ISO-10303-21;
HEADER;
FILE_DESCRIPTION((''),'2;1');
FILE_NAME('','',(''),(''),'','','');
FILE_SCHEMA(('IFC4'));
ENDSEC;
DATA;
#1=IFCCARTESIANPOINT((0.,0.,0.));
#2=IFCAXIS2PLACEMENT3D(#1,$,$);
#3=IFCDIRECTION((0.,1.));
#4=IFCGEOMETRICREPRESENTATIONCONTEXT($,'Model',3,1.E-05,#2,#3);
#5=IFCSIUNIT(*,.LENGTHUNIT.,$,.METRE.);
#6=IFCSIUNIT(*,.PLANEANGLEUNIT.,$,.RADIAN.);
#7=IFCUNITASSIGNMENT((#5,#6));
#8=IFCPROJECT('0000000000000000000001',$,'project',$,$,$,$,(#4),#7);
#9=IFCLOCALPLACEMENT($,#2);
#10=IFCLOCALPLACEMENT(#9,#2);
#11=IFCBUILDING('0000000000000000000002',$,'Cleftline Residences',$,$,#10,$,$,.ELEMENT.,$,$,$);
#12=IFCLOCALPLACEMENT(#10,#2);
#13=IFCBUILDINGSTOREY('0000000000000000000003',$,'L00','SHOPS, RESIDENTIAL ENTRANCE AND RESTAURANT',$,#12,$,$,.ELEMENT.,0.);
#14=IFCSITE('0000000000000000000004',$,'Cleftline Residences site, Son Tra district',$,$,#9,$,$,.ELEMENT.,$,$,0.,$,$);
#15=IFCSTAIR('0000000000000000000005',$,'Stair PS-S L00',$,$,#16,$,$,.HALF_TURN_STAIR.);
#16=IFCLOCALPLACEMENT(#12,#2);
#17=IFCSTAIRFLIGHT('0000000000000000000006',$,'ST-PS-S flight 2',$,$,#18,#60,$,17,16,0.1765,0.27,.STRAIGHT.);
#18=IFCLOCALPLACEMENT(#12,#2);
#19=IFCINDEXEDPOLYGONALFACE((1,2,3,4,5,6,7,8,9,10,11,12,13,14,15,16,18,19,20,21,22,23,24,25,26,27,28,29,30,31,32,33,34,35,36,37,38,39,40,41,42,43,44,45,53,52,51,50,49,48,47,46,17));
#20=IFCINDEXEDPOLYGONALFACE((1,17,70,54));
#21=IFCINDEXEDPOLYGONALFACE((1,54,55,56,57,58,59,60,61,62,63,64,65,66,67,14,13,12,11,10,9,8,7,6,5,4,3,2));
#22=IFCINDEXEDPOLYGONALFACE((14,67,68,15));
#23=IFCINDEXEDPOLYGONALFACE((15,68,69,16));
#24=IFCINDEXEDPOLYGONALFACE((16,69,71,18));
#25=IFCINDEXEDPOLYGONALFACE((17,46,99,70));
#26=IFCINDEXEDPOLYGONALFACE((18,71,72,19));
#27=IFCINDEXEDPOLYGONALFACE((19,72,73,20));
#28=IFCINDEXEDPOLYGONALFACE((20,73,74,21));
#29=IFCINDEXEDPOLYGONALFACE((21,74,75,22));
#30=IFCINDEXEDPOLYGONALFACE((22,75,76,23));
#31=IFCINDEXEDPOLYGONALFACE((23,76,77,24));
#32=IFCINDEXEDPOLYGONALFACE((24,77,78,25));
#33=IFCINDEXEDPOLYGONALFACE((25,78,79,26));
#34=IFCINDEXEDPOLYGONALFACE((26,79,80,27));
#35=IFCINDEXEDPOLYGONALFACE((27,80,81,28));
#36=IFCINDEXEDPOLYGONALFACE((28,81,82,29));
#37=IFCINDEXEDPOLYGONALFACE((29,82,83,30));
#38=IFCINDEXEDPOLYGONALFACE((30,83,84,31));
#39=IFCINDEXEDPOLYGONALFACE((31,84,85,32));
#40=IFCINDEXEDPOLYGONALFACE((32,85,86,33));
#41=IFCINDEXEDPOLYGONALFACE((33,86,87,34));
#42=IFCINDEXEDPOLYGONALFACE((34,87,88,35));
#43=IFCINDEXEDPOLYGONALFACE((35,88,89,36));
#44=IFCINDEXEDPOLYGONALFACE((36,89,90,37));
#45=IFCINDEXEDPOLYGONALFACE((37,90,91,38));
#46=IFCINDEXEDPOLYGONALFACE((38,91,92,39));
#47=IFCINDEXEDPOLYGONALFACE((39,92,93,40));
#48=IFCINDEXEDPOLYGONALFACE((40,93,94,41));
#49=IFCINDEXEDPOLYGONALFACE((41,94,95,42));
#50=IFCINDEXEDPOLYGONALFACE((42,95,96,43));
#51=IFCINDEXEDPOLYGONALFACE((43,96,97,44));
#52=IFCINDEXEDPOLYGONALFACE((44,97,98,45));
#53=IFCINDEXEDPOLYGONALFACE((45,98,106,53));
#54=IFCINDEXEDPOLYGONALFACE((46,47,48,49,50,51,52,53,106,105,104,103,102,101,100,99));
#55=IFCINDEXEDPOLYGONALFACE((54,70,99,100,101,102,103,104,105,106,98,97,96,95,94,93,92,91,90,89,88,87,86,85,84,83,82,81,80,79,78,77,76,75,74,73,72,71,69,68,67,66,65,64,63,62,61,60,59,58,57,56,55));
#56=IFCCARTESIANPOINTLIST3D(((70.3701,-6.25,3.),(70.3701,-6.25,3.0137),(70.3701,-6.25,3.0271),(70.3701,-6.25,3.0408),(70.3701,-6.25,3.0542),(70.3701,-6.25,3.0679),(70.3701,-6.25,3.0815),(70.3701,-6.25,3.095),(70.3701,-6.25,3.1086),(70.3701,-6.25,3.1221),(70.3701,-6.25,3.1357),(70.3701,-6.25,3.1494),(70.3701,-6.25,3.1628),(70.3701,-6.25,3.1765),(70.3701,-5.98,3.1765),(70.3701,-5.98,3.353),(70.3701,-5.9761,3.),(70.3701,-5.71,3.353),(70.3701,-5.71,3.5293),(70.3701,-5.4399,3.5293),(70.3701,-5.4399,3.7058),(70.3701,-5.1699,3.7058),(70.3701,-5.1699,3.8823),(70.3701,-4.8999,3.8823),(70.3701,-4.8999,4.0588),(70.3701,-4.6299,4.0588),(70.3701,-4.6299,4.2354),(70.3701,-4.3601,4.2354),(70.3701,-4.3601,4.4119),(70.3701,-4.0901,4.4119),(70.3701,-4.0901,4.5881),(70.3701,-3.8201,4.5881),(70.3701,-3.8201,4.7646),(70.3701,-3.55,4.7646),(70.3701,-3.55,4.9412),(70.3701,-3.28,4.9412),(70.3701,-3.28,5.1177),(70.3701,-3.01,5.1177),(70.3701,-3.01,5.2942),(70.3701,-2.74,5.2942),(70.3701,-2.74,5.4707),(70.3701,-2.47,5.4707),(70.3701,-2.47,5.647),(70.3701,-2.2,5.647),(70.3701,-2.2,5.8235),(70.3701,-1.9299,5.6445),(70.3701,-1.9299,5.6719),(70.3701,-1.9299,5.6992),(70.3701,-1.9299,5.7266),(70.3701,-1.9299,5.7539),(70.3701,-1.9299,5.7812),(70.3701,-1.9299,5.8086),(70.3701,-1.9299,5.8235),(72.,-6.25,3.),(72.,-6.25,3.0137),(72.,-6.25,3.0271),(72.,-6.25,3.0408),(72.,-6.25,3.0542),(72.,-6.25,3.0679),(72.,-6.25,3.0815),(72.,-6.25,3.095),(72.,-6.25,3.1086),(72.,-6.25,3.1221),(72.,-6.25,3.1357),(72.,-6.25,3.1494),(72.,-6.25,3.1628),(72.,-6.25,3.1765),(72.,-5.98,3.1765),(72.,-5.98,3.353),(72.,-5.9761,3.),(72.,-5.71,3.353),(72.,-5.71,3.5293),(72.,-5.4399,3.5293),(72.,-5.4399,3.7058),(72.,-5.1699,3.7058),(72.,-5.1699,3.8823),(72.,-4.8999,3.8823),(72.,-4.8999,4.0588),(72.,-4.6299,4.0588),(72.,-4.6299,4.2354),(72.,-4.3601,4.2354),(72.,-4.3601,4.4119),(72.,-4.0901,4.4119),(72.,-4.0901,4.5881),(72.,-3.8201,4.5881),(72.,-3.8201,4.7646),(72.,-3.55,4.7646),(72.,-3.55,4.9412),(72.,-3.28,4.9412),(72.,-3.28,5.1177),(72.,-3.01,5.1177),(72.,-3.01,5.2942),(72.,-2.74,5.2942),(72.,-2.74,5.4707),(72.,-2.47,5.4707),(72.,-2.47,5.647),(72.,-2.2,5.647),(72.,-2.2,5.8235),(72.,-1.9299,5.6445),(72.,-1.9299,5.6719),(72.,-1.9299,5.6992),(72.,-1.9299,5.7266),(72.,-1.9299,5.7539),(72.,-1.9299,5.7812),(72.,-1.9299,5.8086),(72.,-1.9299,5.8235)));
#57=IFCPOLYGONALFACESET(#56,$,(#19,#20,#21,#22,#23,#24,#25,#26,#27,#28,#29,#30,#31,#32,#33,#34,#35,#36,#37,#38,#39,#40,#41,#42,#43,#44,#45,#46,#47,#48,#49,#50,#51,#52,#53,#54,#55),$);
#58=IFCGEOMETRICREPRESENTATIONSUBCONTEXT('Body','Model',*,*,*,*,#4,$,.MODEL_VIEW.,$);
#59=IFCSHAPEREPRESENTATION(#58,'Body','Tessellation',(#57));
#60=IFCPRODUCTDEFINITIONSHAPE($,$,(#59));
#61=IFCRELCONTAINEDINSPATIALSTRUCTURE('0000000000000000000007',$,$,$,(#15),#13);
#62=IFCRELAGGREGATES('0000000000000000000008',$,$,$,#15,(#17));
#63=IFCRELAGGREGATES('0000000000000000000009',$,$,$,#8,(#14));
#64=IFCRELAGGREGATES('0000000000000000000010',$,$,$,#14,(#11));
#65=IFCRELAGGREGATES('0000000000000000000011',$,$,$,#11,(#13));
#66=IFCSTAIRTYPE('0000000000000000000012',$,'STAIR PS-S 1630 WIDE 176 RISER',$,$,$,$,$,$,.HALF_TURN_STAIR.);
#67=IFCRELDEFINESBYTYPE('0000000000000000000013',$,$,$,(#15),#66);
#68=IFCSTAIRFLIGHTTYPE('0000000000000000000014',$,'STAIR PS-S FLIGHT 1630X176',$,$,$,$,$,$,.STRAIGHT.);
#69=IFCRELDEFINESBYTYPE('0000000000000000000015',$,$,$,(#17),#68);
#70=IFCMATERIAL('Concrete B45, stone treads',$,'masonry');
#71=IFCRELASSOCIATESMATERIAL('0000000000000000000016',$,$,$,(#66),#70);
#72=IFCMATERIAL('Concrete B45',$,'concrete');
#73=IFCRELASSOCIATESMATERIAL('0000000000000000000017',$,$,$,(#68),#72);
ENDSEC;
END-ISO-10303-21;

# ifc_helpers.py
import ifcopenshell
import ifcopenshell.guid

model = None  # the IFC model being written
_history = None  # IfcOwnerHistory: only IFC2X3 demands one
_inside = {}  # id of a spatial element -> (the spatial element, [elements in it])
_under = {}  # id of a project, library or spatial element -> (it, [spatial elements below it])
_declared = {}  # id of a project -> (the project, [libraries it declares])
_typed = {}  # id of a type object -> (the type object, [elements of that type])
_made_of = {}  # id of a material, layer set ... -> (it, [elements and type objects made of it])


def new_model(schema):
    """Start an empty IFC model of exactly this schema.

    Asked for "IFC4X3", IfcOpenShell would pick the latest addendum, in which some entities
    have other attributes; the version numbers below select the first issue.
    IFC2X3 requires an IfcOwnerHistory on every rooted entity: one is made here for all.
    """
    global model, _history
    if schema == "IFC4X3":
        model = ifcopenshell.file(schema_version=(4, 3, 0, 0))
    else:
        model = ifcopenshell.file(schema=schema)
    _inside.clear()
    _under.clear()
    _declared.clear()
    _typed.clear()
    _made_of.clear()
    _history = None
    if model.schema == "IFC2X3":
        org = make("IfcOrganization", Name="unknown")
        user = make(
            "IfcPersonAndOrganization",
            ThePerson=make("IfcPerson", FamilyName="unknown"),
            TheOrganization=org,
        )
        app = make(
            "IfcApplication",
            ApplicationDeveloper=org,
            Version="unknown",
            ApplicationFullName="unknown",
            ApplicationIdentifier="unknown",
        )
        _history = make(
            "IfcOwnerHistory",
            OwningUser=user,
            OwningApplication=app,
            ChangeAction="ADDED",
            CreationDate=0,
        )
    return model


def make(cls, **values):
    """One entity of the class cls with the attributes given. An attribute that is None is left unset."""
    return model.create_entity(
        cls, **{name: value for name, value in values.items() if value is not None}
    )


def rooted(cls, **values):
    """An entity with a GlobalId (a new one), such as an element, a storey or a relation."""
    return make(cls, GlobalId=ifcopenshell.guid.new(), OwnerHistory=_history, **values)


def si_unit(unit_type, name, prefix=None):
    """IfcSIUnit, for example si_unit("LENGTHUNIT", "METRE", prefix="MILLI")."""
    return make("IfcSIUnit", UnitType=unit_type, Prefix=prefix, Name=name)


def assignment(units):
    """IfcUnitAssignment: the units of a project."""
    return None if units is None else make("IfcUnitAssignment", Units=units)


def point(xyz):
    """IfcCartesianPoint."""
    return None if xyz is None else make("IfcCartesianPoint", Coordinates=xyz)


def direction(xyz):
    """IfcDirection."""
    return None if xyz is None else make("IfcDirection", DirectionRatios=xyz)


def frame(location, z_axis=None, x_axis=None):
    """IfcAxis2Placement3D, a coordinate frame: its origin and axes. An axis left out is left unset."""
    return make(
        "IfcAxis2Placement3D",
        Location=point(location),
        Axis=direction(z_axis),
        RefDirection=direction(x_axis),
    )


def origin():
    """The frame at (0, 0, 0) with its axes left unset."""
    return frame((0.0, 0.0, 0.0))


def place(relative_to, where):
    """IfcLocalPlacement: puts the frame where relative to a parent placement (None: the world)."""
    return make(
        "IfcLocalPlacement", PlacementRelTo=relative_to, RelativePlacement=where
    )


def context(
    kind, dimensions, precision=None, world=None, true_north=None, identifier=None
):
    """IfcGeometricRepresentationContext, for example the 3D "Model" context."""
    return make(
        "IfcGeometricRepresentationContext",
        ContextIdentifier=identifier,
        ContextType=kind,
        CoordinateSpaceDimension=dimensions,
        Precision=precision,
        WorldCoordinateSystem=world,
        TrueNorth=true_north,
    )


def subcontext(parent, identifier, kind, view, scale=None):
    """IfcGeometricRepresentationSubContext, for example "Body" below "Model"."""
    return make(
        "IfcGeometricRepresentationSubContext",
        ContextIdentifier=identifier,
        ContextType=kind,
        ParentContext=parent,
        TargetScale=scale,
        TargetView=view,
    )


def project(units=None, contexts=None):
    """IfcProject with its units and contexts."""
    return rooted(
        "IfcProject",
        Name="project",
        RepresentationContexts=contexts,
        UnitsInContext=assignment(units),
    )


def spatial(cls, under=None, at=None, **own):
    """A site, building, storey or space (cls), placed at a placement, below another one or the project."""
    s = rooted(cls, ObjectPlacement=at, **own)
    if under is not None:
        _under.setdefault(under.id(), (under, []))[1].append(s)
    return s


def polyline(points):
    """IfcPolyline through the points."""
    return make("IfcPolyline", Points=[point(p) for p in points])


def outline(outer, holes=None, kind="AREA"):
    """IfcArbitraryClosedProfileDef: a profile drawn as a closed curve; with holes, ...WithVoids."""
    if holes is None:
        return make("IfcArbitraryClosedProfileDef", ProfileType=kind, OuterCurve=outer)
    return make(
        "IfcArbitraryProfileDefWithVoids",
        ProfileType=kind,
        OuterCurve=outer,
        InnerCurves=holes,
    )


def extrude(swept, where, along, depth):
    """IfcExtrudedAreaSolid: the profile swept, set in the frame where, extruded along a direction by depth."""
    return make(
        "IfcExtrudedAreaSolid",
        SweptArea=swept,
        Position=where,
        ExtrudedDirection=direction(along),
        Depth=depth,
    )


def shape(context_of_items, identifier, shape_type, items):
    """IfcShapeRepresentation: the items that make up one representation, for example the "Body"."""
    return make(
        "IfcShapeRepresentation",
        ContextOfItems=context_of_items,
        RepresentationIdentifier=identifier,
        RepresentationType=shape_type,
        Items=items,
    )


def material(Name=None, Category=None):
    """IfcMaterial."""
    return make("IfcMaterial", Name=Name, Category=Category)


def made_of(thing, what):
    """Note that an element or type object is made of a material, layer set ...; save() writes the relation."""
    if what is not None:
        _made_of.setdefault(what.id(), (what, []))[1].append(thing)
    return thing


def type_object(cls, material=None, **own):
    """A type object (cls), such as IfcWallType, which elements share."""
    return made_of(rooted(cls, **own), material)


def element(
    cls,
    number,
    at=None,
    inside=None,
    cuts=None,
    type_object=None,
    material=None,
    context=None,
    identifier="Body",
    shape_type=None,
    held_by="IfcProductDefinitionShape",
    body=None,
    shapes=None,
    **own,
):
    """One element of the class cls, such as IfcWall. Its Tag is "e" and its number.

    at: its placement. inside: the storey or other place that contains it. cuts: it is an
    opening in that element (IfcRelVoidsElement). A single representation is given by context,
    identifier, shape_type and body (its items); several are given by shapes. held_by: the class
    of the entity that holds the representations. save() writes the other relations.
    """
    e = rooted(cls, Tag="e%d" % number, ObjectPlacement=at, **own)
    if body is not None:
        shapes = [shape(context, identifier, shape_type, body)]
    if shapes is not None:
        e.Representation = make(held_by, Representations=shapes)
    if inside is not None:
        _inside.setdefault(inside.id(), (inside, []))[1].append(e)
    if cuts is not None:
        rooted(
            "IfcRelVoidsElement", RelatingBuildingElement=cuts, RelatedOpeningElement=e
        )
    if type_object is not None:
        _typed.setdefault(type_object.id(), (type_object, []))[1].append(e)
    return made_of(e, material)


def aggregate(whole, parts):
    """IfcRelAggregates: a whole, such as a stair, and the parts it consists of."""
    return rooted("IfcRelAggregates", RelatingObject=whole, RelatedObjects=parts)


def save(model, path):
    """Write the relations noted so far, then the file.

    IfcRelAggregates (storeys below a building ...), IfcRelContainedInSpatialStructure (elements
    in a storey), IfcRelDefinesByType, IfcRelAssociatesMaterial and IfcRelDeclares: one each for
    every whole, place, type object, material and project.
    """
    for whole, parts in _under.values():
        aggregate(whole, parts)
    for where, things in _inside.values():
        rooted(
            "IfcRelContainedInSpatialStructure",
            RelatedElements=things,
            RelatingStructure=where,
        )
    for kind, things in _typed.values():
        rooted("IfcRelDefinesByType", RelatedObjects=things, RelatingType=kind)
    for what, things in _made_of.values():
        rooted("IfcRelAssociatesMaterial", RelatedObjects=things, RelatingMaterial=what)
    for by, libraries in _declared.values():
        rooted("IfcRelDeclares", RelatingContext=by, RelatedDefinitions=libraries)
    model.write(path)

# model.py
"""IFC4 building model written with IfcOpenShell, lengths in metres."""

from ifc_helpers import new_model, si_unit, direction, frame, origin, place, context, subcontext, project, spatial, polyline, outline, extrude, material, type_object, element, aggregate, save


model = new_model("IFC4")

# Units and contexts
model_context = context("Model", 3, precision=1e-05, world=origin(), true_north=direction((0.0, 1.0)))
body_context = subcontext(model_context, "Body", "Model", "MODEL_VIEW")
ifc_project = project(units=[si_unit("LENGTHUNIT", "METRE"), si_unit("PLANEANGLEUNIT", "RADIAN")], contexts=[model_context])

# Site, building, storey
site_placement = place(None, origin())
site = spatial("IfcSite", under=ifc_project, at=site_placement, Name="Cleftline Residences site, Son Tra district", CompositionType="ELEMENT", RefElevation=0.0)
building_placement = place(site_placement, origin())
building = spatial("IfcBuilding", under=site, at=building_placement, Name="Cleftline Residences", CompositionType="ELEMENT")
storey_placement = place(building_placement, origin())
storey = spatial("IfcBuildingStorey", under=building, at=storey_placement, Name="L00", Description="SHOPS, RESIDENTIAL ENTRANCE AND RESTAURANT", CompositionType="ELEMENT", Elevation=0.0)

# Stair, stair flight
ifc_material_1 = material(Name="Concrete B45, stone treads", Category="masonry")
stair_type = type_object("IfcStairType", Name="STAIR PS-S 1630 WIDE 176 RISER", PredefinedType="HALF_TURN_STAIR", material=ifc_material_1)
stair_placement = place(storey_placement, origin())
stair = element("IfcStair", 1, at=stair_placement, inside=storey, type_object=stair_type, Name="Stair PS-S L00", PredefinedType="HALF_TURN_STAIR")
ifc_material_2 = material(Name="Concrete B45", Category="concrete")
stair_flight_type = type_object("IfcStairFlightType", Name="STAIR PS-S FLIGHT 1630X176", PredefinedType="STRAIGHT", material=ifc_material_2)
stair_flight_1_placement = place(storey_placement, frame((71.1851, -6.25, 3.0), z_axis=(0.0, 0.0, 1.0), x_axis=(0.0, 1.0, 0.0)))
stair_flight_1 = element("IfcStairFlight", 2, at=stair_flight_1_placement, type_object=stair_flight_type, Name="ST-PS-S flight 2", NumberOfRisers=17, NumberOfTreads=16, PredefinedType="STRAIGHT", RiserHeight=0.1765, TreadLength=0.27, context=body_context, shape_type="SweptSolid", body=[
    extrude(outline(polyline([(0.0, 0.0), (0.0, 0.0137), (0.0, 0.0271), (0.0, 0.0408), (0.0, 0.0542), (0.0, 0.0679), (0.0, 0.0815), (0.0, 0.095), (0.0, 0.1086), (0.0, 0.1221), (0.0, 0.1357), (0.0, 0.1494), (0.0, 0.1628), (0.0, 0.1765), (0.27, 0.1765), (0.27, 0.353), (0.54, 0.353), (0.54, 0.5293), (0.8101, 0.5293), (0.8101, 0.7058), (1.0801, 0.7058), (1.0801, 0.8823), (1.3501, 0.8823), (1.3501, 1.0588), (1.6201, 1.0588), (1.6201, 1.2354), (1.8899, 1.2354), (1.8899, 1.4119), (2.1599, 1.4119), (2.1599, 1.5881), (2.4299, 1.5881), (2.4299, 1.7646), (2.7, 1.7646), (2.7, 1.9412), (2.97, 1.9412), (2.97, 2.1177), (3.24, 2.1177), (3.24, 2.2942), (3.51, 2.2942), (3.51, 2.4707), (3.78, 2.4707), (3.78, 2.647), (4.05, 2.647), (4.05, 2.8235), (4.3201, 2.8235), (4.3201, 3.0), (4.3201, 2.9727), (4.3201, 2.9453), (4.3201, 2.918), (4.3201, 2.8906), (4.3201, 2.8633), (4.3201, 2.8359), (4.3201, 2.8086), (4.3201, 2.7812), (4.3201, 2.7539), (4.3201, 2.7266), (4.3201, 2.6992), (4.3201, 2.6719), (4.3201, 2.6445), (0.2739, 0.0), (0.0, 0.0)])), frame((0.0, 0.8149, 0.0), z_axis=(0.0, -1.0, 0.0), x_axis=(1.0, 0.0, 0.0)), (0.0, 0.0, 1.0), 1.6299),
])
aggregate(stair, [stair_flight_1])

save(model, "model.ifc")
